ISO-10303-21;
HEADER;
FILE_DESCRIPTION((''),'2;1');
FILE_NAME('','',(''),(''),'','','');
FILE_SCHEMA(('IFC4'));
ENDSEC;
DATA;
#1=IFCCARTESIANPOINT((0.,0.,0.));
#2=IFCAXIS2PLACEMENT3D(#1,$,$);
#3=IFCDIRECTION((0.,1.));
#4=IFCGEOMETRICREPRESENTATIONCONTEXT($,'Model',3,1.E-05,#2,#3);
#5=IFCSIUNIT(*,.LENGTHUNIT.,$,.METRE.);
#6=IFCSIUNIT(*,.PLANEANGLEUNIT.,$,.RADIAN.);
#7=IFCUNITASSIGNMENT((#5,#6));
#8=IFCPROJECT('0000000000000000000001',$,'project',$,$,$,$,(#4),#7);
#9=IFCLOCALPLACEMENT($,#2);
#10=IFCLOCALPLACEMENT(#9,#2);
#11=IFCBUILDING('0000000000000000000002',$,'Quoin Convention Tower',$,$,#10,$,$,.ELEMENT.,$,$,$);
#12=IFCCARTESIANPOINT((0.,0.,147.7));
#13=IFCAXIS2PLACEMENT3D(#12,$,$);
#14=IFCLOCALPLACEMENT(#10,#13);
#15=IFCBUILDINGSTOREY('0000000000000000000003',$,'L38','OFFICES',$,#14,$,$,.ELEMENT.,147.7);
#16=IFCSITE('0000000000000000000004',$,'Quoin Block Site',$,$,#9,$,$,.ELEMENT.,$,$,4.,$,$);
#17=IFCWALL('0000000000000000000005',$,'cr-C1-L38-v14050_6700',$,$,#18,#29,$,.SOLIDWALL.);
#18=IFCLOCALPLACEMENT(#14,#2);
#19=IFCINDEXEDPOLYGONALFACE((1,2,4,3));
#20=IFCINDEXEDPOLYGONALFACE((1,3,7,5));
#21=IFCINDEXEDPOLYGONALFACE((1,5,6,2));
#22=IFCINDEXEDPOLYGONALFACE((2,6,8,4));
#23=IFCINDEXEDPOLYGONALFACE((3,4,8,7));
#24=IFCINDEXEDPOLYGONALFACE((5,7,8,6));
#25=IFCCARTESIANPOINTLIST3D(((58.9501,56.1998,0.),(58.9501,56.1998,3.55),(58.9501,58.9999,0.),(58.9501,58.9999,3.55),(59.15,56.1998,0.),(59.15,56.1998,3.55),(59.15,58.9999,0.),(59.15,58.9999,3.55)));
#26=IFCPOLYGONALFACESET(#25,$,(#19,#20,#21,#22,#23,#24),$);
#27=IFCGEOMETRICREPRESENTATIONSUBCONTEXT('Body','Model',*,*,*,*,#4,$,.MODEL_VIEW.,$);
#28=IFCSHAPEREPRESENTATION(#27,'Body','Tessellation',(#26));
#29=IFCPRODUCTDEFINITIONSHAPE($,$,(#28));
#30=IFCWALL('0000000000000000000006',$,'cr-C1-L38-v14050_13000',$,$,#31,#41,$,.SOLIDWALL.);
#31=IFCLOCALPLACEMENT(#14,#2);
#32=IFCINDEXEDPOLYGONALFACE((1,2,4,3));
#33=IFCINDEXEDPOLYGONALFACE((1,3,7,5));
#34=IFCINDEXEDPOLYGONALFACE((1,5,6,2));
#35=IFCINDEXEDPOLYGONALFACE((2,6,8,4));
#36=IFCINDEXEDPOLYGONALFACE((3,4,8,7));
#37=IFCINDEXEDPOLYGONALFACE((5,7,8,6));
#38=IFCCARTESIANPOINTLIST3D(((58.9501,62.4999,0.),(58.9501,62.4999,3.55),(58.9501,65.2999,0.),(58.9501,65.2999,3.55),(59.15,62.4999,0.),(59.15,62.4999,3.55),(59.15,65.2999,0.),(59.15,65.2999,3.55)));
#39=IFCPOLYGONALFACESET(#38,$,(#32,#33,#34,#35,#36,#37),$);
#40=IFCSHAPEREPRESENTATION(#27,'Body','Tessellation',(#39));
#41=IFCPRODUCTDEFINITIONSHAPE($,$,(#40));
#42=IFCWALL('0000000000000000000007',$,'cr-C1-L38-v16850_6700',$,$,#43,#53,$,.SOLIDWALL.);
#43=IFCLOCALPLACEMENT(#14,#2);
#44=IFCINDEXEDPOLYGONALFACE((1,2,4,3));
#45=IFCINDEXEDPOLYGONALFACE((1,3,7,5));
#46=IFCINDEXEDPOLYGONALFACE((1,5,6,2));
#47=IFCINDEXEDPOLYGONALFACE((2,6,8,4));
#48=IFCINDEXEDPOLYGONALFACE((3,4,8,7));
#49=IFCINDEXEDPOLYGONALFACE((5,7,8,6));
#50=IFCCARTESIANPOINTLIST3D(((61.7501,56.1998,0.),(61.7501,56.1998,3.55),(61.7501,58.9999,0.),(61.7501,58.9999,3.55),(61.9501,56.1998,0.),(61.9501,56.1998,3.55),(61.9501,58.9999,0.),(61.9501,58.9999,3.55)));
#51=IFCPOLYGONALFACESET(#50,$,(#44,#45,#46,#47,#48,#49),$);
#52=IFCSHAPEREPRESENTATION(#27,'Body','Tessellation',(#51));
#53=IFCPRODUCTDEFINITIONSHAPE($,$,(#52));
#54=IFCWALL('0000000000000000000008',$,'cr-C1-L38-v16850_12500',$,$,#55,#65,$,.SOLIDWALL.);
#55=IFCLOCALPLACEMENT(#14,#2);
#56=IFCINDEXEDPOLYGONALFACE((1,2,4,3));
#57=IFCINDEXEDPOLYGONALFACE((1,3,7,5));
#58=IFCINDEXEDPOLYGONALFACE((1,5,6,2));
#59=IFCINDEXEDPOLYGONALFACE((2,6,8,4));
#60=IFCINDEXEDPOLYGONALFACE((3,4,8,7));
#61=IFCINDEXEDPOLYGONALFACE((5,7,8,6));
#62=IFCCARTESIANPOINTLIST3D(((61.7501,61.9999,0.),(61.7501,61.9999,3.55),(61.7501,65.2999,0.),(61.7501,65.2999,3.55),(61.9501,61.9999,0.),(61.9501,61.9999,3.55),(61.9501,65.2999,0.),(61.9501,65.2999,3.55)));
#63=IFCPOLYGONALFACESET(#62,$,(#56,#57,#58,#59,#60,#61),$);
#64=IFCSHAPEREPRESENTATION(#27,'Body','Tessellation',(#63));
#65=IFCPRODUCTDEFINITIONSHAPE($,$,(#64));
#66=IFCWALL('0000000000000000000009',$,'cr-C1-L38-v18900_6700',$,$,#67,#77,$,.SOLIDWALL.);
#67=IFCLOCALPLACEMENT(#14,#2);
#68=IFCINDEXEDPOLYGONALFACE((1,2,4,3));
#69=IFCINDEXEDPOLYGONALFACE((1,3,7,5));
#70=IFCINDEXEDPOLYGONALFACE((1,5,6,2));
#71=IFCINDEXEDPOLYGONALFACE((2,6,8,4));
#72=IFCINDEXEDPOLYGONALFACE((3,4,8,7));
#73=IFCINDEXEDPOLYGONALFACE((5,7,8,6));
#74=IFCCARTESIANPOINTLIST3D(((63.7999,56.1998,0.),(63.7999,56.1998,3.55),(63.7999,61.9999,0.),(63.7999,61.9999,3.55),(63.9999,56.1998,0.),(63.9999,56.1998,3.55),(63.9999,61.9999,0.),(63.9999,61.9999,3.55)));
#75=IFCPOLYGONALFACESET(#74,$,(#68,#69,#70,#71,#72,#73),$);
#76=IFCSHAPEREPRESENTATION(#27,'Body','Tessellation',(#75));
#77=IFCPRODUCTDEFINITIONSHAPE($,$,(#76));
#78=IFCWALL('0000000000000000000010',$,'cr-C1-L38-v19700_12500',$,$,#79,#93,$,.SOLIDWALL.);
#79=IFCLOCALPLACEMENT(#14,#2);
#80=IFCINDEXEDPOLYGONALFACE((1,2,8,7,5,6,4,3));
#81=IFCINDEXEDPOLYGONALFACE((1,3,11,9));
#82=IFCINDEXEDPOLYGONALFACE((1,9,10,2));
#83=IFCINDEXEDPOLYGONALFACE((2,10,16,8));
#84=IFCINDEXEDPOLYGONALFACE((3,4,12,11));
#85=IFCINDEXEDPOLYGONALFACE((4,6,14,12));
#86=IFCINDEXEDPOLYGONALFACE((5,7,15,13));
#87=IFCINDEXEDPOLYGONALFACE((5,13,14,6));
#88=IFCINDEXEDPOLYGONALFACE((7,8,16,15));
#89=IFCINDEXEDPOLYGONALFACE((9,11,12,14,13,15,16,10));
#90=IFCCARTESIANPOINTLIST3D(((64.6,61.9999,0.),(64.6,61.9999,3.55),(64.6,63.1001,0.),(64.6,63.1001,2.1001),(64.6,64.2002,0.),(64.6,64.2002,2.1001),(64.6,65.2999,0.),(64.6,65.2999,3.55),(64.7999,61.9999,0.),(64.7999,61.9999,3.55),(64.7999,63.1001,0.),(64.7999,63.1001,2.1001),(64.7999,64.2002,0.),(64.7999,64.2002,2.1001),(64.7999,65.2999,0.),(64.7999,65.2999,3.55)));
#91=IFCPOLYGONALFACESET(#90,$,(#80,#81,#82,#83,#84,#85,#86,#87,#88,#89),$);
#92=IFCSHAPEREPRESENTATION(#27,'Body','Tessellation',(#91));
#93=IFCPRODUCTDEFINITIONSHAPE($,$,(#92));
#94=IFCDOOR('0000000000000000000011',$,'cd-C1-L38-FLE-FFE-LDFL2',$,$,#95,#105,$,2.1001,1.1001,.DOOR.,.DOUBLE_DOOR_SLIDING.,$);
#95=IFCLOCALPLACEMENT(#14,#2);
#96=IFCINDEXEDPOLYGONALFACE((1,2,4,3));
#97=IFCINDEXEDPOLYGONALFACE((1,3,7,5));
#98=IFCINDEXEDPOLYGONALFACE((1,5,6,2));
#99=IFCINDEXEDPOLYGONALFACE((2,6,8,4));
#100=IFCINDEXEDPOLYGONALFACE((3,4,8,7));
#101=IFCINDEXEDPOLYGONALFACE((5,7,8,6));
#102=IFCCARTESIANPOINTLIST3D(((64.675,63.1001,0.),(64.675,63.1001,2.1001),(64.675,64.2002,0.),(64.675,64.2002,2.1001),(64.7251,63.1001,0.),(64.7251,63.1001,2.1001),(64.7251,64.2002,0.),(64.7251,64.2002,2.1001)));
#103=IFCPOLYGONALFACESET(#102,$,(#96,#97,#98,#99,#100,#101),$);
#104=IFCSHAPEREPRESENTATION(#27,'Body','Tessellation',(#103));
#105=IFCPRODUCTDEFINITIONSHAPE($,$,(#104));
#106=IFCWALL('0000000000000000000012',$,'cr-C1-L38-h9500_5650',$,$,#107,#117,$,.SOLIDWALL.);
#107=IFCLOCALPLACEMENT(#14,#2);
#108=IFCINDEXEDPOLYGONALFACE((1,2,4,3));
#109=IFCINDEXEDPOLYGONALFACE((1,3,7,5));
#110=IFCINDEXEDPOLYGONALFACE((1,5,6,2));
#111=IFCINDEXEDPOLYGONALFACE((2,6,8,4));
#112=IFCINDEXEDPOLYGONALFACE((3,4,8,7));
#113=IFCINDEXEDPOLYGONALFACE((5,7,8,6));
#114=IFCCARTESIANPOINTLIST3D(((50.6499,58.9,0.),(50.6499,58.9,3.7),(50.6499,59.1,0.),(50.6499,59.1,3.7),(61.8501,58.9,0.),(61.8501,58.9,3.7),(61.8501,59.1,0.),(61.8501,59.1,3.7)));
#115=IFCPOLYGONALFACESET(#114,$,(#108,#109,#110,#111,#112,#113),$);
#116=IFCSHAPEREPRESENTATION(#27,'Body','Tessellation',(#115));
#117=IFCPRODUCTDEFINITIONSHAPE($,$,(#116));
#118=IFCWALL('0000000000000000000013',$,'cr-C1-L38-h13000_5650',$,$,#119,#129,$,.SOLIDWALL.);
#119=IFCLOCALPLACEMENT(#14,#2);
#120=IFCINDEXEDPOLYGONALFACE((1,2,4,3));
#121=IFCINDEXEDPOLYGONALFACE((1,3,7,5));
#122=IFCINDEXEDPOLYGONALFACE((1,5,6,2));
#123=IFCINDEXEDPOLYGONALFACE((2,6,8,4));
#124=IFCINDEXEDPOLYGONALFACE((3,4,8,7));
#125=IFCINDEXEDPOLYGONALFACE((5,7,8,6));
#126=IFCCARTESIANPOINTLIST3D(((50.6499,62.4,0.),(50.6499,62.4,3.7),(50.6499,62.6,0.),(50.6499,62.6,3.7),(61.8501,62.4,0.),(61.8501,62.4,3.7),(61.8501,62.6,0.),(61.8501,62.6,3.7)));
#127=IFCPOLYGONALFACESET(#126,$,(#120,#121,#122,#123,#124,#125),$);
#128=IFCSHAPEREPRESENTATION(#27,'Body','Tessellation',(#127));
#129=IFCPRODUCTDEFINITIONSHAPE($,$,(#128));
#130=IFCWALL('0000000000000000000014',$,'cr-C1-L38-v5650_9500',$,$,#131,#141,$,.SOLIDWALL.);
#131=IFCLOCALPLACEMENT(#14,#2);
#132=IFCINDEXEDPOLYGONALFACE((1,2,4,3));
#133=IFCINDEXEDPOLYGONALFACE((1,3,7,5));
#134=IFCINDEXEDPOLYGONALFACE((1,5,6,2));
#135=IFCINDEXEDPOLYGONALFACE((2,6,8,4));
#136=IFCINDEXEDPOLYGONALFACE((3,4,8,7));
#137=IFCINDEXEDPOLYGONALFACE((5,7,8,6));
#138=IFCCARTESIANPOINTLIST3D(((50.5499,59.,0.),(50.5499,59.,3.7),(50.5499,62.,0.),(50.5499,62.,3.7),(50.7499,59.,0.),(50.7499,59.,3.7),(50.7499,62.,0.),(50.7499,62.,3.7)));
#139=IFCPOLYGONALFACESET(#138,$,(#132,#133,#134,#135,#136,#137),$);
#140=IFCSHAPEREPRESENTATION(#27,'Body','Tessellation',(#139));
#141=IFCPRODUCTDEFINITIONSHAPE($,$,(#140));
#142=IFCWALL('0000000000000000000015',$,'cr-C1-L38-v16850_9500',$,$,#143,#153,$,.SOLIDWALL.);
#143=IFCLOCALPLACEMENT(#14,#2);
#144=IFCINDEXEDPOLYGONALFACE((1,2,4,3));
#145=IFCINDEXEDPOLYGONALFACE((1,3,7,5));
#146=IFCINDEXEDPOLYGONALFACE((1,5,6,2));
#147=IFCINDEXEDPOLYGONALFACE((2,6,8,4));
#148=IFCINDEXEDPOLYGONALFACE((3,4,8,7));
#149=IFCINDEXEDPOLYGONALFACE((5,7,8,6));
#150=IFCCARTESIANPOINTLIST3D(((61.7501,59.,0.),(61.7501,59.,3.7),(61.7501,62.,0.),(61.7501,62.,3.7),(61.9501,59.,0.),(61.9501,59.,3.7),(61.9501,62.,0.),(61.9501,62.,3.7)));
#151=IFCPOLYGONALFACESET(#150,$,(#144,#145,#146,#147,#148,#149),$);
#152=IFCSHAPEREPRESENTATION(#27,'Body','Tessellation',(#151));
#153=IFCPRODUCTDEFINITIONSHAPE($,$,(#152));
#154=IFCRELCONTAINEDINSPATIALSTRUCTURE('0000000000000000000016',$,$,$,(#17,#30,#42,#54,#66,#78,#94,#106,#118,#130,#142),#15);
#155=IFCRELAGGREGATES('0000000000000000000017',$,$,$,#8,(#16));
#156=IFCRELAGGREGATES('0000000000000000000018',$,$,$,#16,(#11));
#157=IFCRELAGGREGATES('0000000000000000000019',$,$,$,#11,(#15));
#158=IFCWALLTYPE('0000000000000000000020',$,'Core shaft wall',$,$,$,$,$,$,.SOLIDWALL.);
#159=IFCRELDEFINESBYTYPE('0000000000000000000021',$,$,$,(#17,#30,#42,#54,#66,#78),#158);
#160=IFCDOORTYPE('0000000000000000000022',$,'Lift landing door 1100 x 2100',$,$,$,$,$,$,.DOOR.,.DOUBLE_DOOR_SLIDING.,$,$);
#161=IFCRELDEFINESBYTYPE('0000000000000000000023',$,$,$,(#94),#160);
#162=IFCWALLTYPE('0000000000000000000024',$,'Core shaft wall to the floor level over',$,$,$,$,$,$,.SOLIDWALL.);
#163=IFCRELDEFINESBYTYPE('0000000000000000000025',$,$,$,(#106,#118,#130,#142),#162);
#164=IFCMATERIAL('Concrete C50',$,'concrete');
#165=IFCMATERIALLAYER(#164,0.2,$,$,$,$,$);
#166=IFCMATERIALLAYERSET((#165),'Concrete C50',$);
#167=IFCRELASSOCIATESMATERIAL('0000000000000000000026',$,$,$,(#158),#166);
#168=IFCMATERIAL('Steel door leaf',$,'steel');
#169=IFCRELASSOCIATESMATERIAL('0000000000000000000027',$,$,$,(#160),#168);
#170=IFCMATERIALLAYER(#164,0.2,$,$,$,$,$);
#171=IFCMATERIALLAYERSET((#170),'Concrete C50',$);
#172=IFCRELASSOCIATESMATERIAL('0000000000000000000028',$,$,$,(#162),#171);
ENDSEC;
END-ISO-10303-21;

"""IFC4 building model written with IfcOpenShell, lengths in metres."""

from ifc_helpers import new_model, si_unit, direction, frame, frame_2d, origin, place, context, subcontext, project, spatial, rectangle, extrude, material, layer, layer_set, type_object, element, fill, save


model = new_model("IFC4")

# Units and contexts
model_context = context("Model", 3, precision=1e-05, world=origin(), true_north=direction((0.0, 1.0)))
body_context = subcontext(model_context, "Body", "Model", "MODEL_VIEW")
ifc_project = project(units=[si_unit("LENGTHUNIT", "METRE"), si_unit("PLANEANGLEUNIT", "RADIAN")], contexts=[model_context])

# Site, building, storey
site_placement = place(None, origin())
site = spatial("IfcSite", under=ifc_project, at=site_placement, Name="Quoin Block Site", CompositionType="ELEMENT", RefElevation=4.0)
building_placement = place(site_placement, origin())
building = spatial("IfcBuilding", under=site, at=building_placement, Name="Quoin Convention Tower", CompositionType="ELEMENT")
storey_placement = place(building_placement, frame((0.0, 0.0, 147.7)))
storey = spatial("IfcBuildingStorey", under=building, at=storey_placement, Name="L38", Description="OFFICES", CompositionType="ELEMENT", Elevation=147.7)

# Shared definitions
ifc_material_1 = material(Name="Concrete C50", Category="concrete")
ifc_layer_1 = layer(ifc_material_1, 0.2)
ifc_layer_set_1 = layer_set([ifc_layer_1], Name="Concrete C50")
wall_type_1 = type_object("IfcWallType", Name="Core shaft wall", PredefinedType="SOLIDWALL", material=ifc_layer_set_1)
ifc_material_2 = material(Name="Steel door leaf", Category="steel")

# Walls
for number, where, z_axis, x_axis, name in (
    (1, (59.05, 56.2, 0.0), (0.0, 0.0, 1.0), (0.0, 1.0, 0.0), "cr-C1-L38-v14050_6700"),
    (2, (59.05, 62.5, 0.0), (0.0, 0.0, 1.0), (0.0, 1.0, 0.0), "cr-C1-L38-v14050_13000"),
    (3, (61.8501, 56.2, 0.0), (0.0, 0.0, 1.0), (0.0, 1.0, 0.0), "cr-C1-L38-v16850_6700"),
):
    element("IfcWall", number, at=place(storey_placement, frame(where, z_axis=z_axis, x_axis=x_axis)), inside=storey, type_object=wall_type_1, Name=name, PredefinedType="SOLIDWALL", context=body_context, shape_type="SweptSolid", body=[
        extrude(rectangle(XDim=2.8, YDim=0.2, at=frame_2d((1.3999, 0.0))), origin(), (0.0, 0.0, 1.0), 3.55),
    ])
wall_1_placement = place(storey_placement, frame((61.8501, 62.0, 0.0), z_axis=(0.0, 0.0, 1.0), x_axis=(0.0, 1.0, 0.0)))
element("IfcWall", 4, at=wall_1_placement, inside=storey, type_object=wall_type_1, Name="cr-C1-L38-v16850_12500", PredefinedType="SOLIDWALL", context=body_context, shape_type="SweptSolid", body=[
    extrude(rectangle(XDim=3.3, YDim=0.2, at=frame_2d((1.6499, 0.0))), origin(), (0.0, 0.0, 1.0), 3.55),
])
wall_2_placement = place(storey_placement, frame((63.8999, 56.2, 0.0), z_axis=(0.0, 0.0, 1.0), x_axis=(0.0, 1.0, 0.0)))
element("IfcWall", 5, at=wall_2_placement, inside=storey, type_object=wall_type_1, Name="cr-C1-L38-v18900_6700", PredefinedType="SOLIDWALL", context=body_context, shape_type="SweptSolid", body=[
    extrude(rectangle(XDim=5.8, YDim=0.2, at=frame_2d((2.8999, 0.0))), origin(), (0.0, 0.0, 1.0), 3.55),
])

# Wall, opening, door
wall_3_placement = place(storey_placement, frame((64.7, 62.0, 0.0), z_axis=(0.0, 0.0, 1.0), x_axis=(0.0, 1.0, 0.0)))
wall_3 = element("IfcWall", 6, at=wall_3_placement, inside=storey, type_object=wall_type_1, Name="cr-C1-L38-v19700_12500", PredefinedType="SOLIDWALL", context=body_context, shape_type="SweptSolid", body=[
    extrude(rectangle(XDim=3.3, YDim=0.2, at=frame_2d((1.6499, 0.0))), origin(), (0.0, 0.0, 1.0), 3.55),
])
opening_1_placement = place(wall_3_placement, frame((1.1001, 0.0, 0.0)))
opening_1 = element("IfcOpeningElement", 7, at=opening_1_placement, cuts=wall_3, PredefinedType="OPENING", context=body_context, shape_type="SweptSolid", body=[
    extrude(rectangle(XDim=1.1001, YDim=2.1001, at=frame_2d((0.55, 1.05))), frame((0.0, 0.1099, 0.0), z_axis=(0.0, -1.0, 0.0), x_axis=(1.0, 0.0, 0.0)), (0.0, 0.0, 1.0), 0.22),
])
door_type_1 = type_object("IfcDoorType", Name="Lift landing door 1100 x 2100", OperationType="DOUBLE_DOOR_SLIDING", PredefinedType="DOOR", material=ifc_material_2)
door_1_placement = place(opening_1_placement, origin())
door_1 = element("IfcDoor", 8, at=door_1_placement, inside=storey, type_object=door_type_1, Name="cd-C1-L38-FLE-FFE-LDFL2", OperationType="DOUBLE_DOOR_SLIDING", OverallHeight=2.1001, OverallWidth=1.1001, PredefinedType="DOOR", context=body_context, shape_type="SweptSolid", body=[
    extrude(rectangle(XDim=1.1001, YDim=2.1001, at=frame_2d((0.55, 1.05))), frame((0.0, 0.0249, 0.0), z_axis=(0.0, -1.0, 0.0), x_axis=(1.0, 0.0, 0.0)), (0.0, 0.0, 1.0), 0.05),
])
fill(opening_1, door_1)

# Walls
ifc_layer_2 = layer(ifc_material_1, 0.2)
ifc_layer_set_2 = layer_set([ifc_layer_2], Name="Concrete C50")
wall_type_2 = type_object("IfcWallType", Name="Core shaft wall to the floor level over", PredefinedType="SOLIDWALL", material=ifc_layer_set_2)
for number, where, z_axis, x_axis, name in (
    (9, (50.6499, 59.0, 0.0), (0.0, 0.0, 1.0), (1.0, 0.0, 0.0), "cr-C1-L38-h9500_5650"),
    (10, (50.6499, 62.5, 0.0), (0.0, 0.0, 1.0), (1.0, 0.0, 0.0), "cr-C1-L38-h13000_5650"),
):
    element("IfcWall", number, at=place(storey_placement, frame(where, z_axis=z_axis, x_axis=x_axis)), inside=storey, type_object=wall_type_2, Name=name, PredefinedType="SOLIDWALL", context=body_context, shape_type="SweptSolid", body=[
        extrude(rectangle(XDim=11.2002, YDim=0.2, at=frame_2d((5.6001, 0.0))), origin(), (0.0, 0.0, 1.0), 3.7),
    ])
for number, where, z_axis, x_axis, name in (
    (11, (50.6499, 59.0, 0.0), (0.0, 0.0, 1.0), (0.0, 1.0, 0.0), "cr-C1-L38-v5650_9500"),
    (12, (61.8501, 59.0, 0.0), (0.0, 0.0, 1.0), (0.0, 1.0, 0.0), "cr-C1-L38-v16850_9500"),
):
    element("IfcWall", number, at=place(storey_placement, frame(where, z_axis=z_axis, x_axis=x_axis)), inside=storey, type_object=wall_type_2, Name=name, PredefinedType="SOLIDWALL", context=body_context, shape_type="SweptSolid", body=[
        extrude(rectangle(XDim=3.0, YDim=0.2, at=frame_2d((1.5, 0.0))), origin(), (0.0, 0.0, 1.0), 3.7),
    ])

save(model, "model.ifc")
